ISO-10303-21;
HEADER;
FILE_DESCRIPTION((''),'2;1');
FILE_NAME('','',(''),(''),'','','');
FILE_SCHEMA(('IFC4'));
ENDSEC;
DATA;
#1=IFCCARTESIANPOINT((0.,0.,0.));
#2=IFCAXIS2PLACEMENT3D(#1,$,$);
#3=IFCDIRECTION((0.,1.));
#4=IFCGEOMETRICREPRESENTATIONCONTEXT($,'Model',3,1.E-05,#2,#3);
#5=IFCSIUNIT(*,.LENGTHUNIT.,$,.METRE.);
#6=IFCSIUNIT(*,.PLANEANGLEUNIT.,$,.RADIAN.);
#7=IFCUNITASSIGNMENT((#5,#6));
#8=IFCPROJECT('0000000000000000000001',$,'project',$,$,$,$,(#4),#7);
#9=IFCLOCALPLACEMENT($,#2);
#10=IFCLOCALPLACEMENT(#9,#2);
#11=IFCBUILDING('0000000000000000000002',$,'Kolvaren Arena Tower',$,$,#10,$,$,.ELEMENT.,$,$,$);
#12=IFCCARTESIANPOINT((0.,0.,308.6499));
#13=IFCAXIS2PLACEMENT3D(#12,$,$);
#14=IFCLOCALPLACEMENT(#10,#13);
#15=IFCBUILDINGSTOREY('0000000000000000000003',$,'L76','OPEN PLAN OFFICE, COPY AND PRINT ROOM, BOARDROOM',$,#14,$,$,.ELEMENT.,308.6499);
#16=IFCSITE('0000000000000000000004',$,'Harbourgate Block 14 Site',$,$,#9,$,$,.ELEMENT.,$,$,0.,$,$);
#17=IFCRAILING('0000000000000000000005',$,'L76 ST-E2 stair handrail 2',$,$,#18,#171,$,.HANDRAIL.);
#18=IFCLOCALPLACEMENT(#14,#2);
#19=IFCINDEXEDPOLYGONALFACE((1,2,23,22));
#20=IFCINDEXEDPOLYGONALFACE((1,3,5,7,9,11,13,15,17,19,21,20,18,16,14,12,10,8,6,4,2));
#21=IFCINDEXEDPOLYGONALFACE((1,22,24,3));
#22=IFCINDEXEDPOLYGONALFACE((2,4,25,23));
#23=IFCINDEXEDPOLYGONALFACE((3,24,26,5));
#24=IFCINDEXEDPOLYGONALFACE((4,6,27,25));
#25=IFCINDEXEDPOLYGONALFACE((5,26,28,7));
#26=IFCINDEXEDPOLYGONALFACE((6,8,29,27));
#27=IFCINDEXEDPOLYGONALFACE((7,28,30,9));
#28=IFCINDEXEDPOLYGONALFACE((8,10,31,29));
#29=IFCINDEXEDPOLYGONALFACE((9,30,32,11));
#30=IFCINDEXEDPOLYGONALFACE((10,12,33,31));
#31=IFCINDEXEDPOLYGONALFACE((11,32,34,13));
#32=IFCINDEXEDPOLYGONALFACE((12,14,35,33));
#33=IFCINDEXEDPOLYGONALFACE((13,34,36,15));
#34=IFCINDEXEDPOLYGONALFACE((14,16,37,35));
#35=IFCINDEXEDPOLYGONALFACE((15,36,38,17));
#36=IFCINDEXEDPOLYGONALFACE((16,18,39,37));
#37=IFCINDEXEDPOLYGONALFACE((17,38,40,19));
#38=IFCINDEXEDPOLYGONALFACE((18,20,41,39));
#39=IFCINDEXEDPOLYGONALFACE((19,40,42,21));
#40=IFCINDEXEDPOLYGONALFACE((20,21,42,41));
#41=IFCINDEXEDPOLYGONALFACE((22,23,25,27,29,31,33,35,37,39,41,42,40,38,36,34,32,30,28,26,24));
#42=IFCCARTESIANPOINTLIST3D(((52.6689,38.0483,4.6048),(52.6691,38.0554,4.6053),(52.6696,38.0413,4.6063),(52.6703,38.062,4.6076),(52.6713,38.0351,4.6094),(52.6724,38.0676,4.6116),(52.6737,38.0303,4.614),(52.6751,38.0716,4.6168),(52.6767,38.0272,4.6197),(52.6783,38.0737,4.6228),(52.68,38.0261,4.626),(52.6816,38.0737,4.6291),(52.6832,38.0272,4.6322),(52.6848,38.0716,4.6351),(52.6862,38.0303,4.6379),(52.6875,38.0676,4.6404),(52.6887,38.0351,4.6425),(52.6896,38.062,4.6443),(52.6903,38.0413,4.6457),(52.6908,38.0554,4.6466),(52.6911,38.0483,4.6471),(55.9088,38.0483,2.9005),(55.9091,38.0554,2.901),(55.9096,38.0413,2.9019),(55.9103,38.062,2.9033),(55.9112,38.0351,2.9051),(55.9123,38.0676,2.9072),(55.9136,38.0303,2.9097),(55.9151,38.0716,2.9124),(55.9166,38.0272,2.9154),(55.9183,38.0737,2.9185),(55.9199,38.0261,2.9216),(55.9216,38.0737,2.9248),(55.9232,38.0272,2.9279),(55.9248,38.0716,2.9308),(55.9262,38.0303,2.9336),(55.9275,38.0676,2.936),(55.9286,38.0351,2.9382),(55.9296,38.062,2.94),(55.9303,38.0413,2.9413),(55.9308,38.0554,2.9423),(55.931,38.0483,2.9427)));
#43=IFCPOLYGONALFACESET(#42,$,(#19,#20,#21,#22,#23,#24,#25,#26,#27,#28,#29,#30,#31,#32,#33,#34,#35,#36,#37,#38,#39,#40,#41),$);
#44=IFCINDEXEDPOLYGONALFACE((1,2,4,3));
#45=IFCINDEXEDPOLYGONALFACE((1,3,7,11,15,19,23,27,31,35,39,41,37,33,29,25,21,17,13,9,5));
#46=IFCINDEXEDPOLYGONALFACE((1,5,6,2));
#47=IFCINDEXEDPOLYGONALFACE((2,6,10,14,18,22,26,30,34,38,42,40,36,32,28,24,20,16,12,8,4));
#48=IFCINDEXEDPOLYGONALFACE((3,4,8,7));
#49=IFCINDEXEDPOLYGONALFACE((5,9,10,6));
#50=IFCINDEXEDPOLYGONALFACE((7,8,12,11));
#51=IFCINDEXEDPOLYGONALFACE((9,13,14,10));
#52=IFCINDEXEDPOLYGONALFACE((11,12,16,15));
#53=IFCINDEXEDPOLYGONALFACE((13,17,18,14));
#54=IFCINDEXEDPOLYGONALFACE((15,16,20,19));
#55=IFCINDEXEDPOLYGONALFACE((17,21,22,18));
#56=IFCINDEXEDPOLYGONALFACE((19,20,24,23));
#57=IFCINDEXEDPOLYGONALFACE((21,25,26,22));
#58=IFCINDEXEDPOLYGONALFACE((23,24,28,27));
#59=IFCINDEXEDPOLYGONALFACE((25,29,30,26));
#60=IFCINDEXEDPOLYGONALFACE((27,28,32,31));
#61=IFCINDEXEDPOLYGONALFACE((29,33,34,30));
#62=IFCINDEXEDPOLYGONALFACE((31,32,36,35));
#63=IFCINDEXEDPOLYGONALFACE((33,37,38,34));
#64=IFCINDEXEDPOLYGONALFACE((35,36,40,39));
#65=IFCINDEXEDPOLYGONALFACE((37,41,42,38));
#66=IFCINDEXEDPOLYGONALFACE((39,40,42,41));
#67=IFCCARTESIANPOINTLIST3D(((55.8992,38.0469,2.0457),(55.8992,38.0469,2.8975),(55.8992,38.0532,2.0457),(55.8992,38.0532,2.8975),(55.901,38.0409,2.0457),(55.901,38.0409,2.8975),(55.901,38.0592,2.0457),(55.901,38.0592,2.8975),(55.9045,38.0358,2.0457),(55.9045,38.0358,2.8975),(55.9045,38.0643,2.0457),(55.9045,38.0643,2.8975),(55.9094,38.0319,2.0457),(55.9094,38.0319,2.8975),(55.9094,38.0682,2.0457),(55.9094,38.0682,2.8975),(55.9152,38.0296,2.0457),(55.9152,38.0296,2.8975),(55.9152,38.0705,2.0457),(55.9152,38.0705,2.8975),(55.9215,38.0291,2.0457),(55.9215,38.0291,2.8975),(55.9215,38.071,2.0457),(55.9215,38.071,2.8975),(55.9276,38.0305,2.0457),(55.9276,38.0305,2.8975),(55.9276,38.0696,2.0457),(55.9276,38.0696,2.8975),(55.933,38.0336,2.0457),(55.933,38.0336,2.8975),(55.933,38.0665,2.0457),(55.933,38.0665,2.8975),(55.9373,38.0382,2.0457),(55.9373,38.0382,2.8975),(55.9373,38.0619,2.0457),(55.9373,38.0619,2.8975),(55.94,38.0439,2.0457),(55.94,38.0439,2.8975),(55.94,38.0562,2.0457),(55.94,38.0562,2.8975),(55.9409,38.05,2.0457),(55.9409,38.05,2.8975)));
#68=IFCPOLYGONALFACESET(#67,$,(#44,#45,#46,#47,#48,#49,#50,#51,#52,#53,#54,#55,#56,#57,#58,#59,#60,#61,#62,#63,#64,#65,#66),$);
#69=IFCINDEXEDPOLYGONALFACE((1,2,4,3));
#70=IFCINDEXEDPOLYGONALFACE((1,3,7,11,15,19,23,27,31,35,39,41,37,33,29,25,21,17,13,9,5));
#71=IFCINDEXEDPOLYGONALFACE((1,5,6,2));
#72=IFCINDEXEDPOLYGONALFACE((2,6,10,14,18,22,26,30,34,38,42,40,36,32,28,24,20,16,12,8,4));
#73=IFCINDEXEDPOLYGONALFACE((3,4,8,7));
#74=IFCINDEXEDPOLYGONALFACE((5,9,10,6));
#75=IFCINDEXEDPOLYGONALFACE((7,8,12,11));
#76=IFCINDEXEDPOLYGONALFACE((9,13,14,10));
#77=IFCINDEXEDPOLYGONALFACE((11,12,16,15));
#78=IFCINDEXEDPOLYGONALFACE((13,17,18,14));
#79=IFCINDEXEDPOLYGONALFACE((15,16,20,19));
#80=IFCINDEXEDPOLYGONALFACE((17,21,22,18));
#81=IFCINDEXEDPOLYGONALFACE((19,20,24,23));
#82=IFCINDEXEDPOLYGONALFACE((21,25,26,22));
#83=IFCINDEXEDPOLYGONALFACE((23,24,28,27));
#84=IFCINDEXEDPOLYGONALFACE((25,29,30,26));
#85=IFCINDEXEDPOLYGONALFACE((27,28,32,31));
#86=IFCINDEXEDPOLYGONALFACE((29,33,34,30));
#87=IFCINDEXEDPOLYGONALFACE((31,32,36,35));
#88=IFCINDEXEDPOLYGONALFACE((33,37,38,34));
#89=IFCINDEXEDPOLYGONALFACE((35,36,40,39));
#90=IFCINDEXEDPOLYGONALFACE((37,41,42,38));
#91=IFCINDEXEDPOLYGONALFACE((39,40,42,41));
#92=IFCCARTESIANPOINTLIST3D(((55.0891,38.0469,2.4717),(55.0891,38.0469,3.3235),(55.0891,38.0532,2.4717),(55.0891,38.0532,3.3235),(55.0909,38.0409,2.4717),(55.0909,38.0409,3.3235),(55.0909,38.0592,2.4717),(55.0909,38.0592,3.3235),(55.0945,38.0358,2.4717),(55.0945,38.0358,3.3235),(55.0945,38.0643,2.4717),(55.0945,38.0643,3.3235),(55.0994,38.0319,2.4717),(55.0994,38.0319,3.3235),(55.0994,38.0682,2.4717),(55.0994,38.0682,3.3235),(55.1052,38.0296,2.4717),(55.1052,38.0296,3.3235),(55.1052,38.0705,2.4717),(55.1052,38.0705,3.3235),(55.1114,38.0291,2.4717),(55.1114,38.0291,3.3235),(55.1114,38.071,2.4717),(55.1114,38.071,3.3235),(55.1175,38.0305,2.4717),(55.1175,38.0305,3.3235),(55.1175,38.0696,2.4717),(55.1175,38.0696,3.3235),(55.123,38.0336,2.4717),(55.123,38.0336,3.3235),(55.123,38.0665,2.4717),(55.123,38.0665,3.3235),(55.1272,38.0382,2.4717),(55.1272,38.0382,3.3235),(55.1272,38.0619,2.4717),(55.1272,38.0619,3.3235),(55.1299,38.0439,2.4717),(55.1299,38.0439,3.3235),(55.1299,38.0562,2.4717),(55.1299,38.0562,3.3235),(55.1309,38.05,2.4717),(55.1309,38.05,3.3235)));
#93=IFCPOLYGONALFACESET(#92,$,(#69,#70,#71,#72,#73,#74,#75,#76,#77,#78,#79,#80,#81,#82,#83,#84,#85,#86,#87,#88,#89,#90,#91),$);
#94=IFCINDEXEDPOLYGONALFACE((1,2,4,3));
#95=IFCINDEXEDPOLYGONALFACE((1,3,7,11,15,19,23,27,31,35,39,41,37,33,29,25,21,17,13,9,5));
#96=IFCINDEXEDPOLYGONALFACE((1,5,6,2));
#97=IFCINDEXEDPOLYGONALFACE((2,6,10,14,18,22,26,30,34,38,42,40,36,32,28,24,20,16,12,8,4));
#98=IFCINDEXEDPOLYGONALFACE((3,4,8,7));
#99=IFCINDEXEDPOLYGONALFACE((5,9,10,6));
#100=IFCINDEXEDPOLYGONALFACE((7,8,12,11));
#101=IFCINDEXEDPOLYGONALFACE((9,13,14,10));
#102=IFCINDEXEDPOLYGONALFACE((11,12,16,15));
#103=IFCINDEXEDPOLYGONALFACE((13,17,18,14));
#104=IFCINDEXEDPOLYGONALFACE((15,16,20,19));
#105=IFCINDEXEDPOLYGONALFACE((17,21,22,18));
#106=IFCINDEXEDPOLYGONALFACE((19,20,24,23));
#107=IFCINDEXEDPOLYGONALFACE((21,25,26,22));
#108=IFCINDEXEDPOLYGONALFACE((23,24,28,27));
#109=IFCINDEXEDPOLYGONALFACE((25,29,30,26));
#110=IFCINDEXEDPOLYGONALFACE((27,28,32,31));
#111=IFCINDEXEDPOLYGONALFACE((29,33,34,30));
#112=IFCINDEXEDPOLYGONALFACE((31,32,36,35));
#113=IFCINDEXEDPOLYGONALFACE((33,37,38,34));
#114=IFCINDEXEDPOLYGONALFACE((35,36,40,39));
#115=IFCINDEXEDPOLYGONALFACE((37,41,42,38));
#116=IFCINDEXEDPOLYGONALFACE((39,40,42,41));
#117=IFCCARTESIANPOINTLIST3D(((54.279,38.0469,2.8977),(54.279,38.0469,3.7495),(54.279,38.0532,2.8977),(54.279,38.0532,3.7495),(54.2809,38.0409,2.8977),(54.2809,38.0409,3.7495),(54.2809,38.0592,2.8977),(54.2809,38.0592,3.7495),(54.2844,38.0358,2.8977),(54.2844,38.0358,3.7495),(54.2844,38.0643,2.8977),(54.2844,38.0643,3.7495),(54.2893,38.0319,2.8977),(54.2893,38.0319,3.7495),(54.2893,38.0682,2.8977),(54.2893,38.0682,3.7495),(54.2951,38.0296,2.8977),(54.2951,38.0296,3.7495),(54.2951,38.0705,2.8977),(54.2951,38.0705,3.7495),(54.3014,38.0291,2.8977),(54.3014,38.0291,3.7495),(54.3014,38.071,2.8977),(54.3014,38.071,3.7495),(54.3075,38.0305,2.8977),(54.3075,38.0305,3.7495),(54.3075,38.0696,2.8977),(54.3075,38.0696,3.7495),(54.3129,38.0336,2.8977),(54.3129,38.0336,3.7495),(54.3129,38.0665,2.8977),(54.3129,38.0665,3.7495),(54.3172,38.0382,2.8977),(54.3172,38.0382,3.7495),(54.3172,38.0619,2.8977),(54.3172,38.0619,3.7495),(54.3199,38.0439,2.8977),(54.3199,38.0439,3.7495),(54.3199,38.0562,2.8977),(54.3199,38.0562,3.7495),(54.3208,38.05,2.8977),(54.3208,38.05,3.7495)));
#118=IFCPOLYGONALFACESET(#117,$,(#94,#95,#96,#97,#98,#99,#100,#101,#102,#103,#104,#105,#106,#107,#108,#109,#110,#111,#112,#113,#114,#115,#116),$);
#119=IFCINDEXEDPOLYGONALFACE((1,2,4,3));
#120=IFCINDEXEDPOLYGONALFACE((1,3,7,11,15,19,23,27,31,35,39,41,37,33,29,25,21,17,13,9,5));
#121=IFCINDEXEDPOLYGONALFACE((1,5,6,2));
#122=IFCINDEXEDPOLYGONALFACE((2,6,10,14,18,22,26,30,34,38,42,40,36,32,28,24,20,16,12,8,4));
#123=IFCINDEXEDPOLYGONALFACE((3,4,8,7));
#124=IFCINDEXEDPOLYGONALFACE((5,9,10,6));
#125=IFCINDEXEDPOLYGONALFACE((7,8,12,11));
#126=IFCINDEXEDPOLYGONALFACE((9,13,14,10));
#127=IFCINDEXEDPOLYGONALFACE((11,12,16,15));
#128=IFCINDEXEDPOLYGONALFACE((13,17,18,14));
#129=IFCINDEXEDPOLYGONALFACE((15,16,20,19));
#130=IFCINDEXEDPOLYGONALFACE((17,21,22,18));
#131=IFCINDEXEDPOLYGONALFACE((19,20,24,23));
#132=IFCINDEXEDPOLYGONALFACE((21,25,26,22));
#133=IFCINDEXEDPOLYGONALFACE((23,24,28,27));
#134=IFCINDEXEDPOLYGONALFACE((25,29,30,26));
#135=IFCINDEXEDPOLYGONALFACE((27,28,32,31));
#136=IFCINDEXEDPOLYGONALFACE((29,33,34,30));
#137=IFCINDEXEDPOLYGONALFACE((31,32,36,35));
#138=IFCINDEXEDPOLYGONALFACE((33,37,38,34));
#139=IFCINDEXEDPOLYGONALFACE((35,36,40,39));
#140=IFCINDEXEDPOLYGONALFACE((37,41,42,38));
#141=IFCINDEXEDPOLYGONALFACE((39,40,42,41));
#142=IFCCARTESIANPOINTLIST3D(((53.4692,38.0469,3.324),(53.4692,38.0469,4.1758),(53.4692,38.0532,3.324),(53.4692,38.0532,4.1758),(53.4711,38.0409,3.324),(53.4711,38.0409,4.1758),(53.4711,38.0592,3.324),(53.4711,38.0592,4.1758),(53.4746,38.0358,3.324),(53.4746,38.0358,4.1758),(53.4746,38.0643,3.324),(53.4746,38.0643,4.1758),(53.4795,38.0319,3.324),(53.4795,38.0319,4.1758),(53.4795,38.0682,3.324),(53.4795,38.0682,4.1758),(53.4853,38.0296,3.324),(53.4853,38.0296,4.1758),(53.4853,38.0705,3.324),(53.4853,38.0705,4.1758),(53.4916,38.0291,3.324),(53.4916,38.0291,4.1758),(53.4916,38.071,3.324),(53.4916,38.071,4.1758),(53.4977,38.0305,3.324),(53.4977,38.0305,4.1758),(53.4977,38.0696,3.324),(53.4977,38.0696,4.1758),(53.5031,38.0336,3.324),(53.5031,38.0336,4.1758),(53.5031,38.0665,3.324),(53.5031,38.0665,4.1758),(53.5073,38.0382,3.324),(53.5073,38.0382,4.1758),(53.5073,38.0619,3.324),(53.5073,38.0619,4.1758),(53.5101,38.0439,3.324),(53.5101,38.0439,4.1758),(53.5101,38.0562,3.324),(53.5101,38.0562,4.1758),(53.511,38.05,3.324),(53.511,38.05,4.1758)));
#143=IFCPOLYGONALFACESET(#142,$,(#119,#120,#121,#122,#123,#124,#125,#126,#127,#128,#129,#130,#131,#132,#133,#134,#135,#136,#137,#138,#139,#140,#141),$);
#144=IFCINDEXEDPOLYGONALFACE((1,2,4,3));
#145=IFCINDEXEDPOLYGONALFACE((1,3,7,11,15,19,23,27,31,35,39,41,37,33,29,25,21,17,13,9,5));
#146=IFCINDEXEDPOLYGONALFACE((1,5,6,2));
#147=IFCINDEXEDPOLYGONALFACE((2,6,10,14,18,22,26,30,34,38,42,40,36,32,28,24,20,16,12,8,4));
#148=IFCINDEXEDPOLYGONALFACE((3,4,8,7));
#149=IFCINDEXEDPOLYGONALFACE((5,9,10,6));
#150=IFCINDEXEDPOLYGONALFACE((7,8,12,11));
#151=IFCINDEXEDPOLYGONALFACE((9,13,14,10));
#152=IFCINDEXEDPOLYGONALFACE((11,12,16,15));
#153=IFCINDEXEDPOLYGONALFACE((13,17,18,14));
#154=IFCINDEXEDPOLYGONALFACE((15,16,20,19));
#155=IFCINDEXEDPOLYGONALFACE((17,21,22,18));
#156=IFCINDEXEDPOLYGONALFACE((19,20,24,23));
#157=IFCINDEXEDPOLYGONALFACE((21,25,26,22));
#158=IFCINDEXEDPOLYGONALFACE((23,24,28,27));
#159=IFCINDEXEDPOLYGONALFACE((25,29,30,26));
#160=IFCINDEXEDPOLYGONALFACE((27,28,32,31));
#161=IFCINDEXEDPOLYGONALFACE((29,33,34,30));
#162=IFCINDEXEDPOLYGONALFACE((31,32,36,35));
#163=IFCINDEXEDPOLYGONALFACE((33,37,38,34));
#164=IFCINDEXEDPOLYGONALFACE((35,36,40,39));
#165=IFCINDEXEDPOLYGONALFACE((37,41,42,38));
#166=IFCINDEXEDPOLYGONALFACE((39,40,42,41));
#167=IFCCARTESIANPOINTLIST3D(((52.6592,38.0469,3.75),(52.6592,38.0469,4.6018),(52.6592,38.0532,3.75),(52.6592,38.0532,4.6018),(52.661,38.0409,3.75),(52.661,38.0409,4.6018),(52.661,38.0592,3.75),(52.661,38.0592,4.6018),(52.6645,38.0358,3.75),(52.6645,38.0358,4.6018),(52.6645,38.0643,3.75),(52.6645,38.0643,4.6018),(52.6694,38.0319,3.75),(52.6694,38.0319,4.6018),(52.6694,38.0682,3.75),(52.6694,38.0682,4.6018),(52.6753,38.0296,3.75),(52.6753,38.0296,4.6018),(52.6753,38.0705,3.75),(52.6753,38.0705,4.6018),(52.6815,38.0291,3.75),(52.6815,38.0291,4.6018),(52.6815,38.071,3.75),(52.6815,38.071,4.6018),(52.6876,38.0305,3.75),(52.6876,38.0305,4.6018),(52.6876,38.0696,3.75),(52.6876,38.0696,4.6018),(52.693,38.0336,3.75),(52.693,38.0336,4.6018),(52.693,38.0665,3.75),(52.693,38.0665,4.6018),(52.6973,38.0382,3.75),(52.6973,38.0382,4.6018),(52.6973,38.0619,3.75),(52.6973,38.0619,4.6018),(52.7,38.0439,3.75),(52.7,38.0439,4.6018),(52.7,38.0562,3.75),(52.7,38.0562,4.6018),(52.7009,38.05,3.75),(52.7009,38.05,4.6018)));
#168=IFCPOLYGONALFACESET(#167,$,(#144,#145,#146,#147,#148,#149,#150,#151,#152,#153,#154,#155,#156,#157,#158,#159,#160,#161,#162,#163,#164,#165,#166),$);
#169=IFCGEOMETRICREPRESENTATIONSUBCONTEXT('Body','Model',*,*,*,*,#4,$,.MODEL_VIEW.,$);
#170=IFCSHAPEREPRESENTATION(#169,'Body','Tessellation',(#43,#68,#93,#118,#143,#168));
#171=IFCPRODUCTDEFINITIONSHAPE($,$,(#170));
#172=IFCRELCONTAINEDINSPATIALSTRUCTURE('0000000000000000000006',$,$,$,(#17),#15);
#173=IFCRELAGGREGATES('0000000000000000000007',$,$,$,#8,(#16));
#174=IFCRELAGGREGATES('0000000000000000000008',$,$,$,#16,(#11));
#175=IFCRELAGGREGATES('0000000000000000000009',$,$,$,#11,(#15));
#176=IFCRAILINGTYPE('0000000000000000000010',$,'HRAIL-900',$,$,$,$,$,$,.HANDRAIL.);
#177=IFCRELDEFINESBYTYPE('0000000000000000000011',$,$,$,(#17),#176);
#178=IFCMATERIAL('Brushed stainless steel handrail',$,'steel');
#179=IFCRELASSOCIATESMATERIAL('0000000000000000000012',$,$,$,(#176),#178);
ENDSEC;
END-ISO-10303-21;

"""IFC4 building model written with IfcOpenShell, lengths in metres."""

from ifc_helpers import new_model, si_unit, direction, frame, origin, origin_2d, place, context, subcontext, project, spatial, circle, extrude, material, type_object, element, save


model = new_model("IFC4")

# Units and contexts
model_context = context("Model", 3, precision=1e-05, world=origin(), true_north=direction((0.0, 1.0)))
body_context = subcontext(model_context, "Body", "Model", "MODEL_VIEW")
ifc_project = project(units=[si_unit("LENGTHUNIT", "METRE"), si_unit("PLANEANGLEUNIT", "RADIAN")], contexts=[model_context])

# Site, building, storey
site_placement = place(None, origin())
site = spatial("IfcSite", under=ifc_project, at=site_placement, Name="Harbourgate Block 14 Site", CompositionType="ELEMENT", RefElevation=0.0)
building_placement = place(site_placement, origin())
building = spatial("IfcBuilding", under=site, at=building_placement, Name="Kolvaren Arena Tower", CompositionType="ELEMENT")
storey_placement = place(building_placement, frame((0.0, 0.0, 308.6499)))
storey = spatial("IfcBuildingStorey", under=building, at=storey_placement, Name="L76", Description="OPEN PLAN OFFICE, COPY AND PRINT ROOM, BOARDROOM", CompositionType="ELEMENT", Elevation=308.6499)

# Railing
ifc_material_1 = material(Name="Brushed stainless steel handrail", Category="steel")
railing_type = type_object("IfcRailingType", Name="HRAIL-900", PredefinedType="HANDRAIL", material=ifc_material_1)
railing_placement = place(storey_placement, frame((55.9199, 38.05, 2.0457)))
element("IfcRailing", 1, at=railing_placement, inside=storey, type_object=railing_type, Name="L76 ST-E2 stair handrail 2", PredefinedType="HANDRAIL", context=body_context, shape_type="SweptSolid", body=[
    extrude(circle(Radius=0.0239, at=origin_2d()), frame((0.0, 0.0, 0.876), z_axis=(-0.885021, 0.0, 0.465551), x_axis=(0.0, -1.0, 0.0)), (0.0, 0.0, 1.0), 3.6609),
    extrude(circle(Radius=0.021, at=origin_2d()), origin(), (0.0, 0.0, 1.0), 0.8518),
    extrude(circle(Radius=0.021, at=origin_2d()), frame((-0.8101, 0.0, 0.426)), (0.0, 0.0, 1.0), 0.8518),
    extrude(circle(Radius=0.021, at=origin_2d()), frame((-1.6201, 0.0, 0.8521)), (0.0, 0.0, 1.0), 0.8518),
    extrude(circle(Radius=0.021, at=origin_2d()), frame((-2.4299, 0.0, 1.2783)), (0.0, 0.0, 1.0), 0.8518),
    extrude(circle(Radius=0.021, at=origin_2d()), frame((-3.24, 0.0, 1.7043)), (0.0, 0.0, 1.0), 0.8518),
])

save(model, "model.ifc")
